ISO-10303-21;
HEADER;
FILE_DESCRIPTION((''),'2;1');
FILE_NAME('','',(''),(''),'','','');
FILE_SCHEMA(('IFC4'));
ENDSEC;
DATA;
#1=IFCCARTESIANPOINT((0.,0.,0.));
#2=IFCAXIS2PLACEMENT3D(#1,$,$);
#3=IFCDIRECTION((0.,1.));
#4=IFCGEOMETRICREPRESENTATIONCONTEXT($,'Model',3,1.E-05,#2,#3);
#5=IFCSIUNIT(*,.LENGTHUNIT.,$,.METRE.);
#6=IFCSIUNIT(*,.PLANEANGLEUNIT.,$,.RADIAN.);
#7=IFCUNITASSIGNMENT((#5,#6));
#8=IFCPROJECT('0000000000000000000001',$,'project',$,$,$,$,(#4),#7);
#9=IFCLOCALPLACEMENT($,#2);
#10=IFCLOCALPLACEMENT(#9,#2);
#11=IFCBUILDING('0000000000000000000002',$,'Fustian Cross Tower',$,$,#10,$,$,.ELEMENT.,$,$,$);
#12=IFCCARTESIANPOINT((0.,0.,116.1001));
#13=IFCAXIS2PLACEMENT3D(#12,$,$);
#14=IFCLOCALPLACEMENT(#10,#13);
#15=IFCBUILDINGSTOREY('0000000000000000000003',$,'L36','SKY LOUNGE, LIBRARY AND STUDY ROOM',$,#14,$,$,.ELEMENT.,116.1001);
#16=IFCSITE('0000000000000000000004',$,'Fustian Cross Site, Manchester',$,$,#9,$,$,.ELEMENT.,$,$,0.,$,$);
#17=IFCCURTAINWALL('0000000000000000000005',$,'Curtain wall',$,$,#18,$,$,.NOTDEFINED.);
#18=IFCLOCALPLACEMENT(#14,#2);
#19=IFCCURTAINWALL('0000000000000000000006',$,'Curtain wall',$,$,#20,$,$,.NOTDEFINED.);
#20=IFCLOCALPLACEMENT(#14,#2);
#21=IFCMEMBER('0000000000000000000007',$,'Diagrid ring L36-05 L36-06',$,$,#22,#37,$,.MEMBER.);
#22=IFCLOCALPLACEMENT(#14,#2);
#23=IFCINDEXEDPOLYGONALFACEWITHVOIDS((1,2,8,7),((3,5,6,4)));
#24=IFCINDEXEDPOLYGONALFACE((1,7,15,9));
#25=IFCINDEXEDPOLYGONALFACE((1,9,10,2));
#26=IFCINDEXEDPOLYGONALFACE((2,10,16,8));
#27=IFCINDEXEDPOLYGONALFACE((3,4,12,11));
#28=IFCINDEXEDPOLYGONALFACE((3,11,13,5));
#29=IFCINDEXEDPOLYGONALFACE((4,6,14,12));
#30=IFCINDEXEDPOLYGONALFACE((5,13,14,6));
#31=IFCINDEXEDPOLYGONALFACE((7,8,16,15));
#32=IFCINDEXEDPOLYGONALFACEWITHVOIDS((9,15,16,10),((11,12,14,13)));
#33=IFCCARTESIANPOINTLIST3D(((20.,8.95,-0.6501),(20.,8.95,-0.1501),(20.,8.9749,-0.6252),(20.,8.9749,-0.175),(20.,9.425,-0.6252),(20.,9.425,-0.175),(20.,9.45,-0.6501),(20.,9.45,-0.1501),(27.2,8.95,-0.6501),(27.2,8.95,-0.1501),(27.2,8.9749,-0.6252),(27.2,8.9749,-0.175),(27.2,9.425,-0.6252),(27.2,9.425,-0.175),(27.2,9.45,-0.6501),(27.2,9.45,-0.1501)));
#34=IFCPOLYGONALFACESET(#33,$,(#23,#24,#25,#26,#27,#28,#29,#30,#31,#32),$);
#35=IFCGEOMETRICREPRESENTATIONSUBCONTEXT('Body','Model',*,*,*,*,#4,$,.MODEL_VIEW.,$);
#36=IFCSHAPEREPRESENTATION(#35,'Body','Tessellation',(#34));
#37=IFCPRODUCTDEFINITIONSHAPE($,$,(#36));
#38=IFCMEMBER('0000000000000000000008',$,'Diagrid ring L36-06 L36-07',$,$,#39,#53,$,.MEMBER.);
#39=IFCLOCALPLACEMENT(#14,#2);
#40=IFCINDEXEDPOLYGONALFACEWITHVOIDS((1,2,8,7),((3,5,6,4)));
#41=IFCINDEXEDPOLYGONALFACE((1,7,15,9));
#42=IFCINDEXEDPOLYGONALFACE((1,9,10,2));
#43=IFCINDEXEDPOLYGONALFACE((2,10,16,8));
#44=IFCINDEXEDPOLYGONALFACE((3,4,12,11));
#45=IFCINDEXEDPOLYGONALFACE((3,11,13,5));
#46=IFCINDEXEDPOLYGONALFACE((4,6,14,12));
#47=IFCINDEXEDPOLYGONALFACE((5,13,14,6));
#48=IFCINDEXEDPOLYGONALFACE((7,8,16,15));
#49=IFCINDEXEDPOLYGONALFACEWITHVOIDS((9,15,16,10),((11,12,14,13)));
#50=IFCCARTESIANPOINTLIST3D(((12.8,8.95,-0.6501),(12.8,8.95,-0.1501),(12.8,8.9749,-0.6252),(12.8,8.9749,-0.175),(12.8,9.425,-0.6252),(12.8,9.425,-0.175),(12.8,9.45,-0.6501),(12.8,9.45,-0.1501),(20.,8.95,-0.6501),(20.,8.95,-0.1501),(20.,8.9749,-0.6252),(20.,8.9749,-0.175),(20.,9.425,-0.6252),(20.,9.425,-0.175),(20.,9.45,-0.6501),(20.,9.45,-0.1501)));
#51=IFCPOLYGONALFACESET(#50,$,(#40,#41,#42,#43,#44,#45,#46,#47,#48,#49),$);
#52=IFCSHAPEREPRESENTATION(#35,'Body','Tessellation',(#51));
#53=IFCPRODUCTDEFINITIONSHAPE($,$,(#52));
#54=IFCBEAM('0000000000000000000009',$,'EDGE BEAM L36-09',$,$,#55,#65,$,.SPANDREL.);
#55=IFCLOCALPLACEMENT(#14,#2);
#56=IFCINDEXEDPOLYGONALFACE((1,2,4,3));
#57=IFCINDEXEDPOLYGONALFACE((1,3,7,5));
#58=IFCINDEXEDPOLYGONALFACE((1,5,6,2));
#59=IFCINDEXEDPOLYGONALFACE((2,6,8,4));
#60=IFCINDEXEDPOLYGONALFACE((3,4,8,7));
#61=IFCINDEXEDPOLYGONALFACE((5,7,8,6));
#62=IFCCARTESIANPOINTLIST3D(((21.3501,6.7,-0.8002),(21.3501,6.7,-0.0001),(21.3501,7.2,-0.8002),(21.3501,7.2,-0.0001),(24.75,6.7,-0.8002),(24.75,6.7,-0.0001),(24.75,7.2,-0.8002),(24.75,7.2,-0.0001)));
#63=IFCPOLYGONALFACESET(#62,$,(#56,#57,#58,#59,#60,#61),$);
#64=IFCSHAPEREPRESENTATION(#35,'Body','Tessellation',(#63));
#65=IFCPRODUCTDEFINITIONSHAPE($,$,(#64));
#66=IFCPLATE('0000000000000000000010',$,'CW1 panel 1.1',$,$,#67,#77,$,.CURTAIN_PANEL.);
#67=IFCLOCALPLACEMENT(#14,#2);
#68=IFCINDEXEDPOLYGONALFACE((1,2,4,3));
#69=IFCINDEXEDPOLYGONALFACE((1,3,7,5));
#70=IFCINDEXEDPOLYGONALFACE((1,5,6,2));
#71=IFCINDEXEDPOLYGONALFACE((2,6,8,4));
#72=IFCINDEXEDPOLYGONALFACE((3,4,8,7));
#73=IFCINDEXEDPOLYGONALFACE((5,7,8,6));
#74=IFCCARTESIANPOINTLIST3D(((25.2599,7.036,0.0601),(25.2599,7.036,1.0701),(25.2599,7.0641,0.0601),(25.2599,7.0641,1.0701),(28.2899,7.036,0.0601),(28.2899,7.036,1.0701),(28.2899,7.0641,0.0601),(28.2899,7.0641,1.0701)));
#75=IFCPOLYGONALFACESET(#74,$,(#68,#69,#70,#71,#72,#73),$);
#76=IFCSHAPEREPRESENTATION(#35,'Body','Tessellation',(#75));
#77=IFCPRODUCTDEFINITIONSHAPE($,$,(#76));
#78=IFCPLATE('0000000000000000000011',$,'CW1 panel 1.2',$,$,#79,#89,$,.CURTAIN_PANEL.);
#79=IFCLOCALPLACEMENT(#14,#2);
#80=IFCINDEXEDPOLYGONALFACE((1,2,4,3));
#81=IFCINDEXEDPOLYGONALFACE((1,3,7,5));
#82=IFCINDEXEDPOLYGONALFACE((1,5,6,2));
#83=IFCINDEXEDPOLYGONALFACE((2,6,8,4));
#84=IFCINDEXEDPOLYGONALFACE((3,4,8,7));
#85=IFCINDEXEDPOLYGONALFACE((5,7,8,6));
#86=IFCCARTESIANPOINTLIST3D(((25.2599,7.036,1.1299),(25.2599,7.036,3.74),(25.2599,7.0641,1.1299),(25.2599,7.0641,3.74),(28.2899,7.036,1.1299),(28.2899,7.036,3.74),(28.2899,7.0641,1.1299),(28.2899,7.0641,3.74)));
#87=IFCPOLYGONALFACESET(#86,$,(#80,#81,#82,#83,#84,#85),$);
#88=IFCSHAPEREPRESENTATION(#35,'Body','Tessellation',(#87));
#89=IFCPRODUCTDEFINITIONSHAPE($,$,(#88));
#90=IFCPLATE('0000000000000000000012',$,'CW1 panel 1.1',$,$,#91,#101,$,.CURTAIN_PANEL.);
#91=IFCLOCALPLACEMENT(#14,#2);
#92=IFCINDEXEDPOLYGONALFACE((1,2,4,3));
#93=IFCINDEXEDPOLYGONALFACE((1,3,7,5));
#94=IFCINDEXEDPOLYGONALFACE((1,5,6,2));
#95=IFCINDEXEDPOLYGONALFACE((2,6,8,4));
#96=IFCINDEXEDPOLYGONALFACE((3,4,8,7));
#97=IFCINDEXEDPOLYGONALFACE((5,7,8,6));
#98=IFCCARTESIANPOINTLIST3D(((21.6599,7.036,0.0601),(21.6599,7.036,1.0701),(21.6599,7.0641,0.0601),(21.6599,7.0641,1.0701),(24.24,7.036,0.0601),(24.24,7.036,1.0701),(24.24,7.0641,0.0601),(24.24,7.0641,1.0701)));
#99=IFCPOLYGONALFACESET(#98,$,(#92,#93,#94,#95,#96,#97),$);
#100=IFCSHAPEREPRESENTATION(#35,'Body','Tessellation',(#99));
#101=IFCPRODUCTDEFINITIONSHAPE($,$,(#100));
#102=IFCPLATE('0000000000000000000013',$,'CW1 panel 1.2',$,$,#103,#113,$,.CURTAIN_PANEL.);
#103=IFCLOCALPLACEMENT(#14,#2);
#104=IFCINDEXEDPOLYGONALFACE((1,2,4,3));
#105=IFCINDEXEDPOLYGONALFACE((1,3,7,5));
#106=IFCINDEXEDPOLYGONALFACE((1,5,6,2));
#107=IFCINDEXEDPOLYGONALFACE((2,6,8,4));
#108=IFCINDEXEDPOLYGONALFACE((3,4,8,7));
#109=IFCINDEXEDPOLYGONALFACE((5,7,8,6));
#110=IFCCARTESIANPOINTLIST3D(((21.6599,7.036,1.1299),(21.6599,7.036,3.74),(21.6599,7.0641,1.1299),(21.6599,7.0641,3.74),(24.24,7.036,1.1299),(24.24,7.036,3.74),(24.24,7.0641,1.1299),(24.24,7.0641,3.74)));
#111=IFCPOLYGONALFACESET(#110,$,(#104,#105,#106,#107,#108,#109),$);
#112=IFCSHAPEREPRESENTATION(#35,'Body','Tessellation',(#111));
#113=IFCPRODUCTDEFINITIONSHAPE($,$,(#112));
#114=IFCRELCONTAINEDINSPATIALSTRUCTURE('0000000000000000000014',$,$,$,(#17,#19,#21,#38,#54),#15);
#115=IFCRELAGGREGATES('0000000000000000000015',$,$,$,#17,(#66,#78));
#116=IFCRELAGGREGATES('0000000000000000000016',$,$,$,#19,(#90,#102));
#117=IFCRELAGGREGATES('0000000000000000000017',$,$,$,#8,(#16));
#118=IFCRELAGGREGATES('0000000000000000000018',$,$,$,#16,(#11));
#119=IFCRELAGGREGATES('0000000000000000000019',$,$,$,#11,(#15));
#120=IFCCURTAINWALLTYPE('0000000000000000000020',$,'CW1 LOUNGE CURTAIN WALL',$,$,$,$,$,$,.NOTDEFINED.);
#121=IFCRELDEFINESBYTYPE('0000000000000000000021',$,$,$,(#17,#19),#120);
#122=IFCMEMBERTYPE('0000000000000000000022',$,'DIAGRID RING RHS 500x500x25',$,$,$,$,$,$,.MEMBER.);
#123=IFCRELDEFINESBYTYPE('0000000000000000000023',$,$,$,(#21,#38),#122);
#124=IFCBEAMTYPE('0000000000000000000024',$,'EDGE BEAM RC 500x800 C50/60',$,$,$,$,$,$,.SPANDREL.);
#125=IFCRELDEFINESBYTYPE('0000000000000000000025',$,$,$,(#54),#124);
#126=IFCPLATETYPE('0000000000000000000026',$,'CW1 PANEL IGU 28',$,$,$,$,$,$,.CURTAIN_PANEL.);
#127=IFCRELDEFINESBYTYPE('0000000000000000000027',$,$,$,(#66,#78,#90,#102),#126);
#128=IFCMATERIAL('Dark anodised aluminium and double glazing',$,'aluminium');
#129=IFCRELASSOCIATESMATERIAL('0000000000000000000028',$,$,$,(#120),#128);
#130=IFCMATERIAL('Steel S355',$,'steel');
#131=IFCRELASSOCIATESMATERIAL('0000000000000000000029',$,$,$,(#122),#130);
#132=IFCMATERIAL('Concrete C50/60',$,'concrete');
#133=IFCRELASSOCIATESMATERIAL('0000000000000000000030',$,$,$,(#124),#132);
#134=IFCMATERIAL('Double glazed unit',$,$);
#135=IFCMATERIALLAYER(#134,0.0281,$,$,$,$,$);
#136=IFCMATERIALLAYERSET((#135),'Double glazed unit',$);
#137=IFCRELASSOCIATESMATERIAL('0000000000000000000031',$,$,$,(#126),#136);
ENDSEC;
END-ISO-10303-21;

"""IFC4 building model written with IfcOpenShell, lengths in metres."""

from ifc_helpers import new_model, si_unit, direction, frame, origin, origin_2d, place, context, subcontext, project, spatial, rectangle, hollow_rectangle, extrude, material, layer, layer_set, material_profile, profile_set, type_object, element, aggregate, save


model = new_model("IFC4")

# Units and contexts
model_context = context("Model", 3, precision=1e-05, world=origin(), true_north=direction((0.0, 1.0)))
body_context = subcontext(model_context, "Body", "Model", "MODEL_VIEW")
ifc_project = project(units=[si_unit("LENGTHUNIT", "METRE"), si_unit("PLANEANGLEUNIT", "RADIAN")], contexts=[model_context])

# Site, building, storey
site_placement = place(None, origin())
site = spatial("IfcSite", under=ifc_project, at=site_placement, Name="Fustian Cross Site, Manchester", CompositionType="ELEMENT", RefElevation=0.0)
building_placement = place(site_placement, origin())
building = spatial("IfcBuilding", under=site, at=building_placement, Name="Fustian Cross Tower", CompositionType="ELEMENT")
storey_placement = place(building_placement, frame((0.0, 0.0, 116.1001)))
storey = spatial("IfcBuildingStorey", under=building, at=storey_placement, Name="L36", Description="SKY LOUNGE, LIBRARY AND STUDY ROOM", CompositionType="ELEMENT", Elevation=116.1001)

# Curtain wall
ifc_material_1 = material(Name="Dark anodised aluminium and double glazing", Category="aluminium")
curtain_wall_type = type_object("IfcCurtainWallType", Name="CW1 LOUNGE CURTAIN WALL", PredefinedType="NOTDEFINED", material=ifc_material_1)
curtain_wall_1_placement = place(storey_placement, origin())
curtain_wall_1 = element("IfcCurtainWall", 1, at=curtain_wall_1_placement, inside=storey, type_object=curtain_wall_type, Name="Curtain wall", PredefinedType="NOTDEFINED")

# Curtain wall
curtain_wall_2_placement = place(storey_placement, origin())
curtain_wall_2 = element("IfcCurtainWall", 2, at=curtain_wall_2_placement, inside=storey, type_object=curtain_wall_type, Name="Curtain wall", PredefinedType="NOTDEFINED")

# Members
ifc_material_2 = material(Name="Steel S355", Category="steel")
ifc_material_profile_1 = material_profile(ifc_material_2, hollow_rectangle(XDim=0.5, YDim=0.5, WallThickness=0.0249, at=origin_2d()), Name="RHS 500x500x25")
ifc_profile_set_1 = profile_set([ifc_material_profile_1], Name="Steel S355")
member_type_1 = type_object("IfcMemberType", Name="DIAGRID RING RHS 500x500x25", PredefinedType="MEMBER", material=ifc_profile_set_1)
for number, where, z_axis, x_axis, name in (
    (3, (27.2, 9.2, -0.4001), (-1.0, 0.0, 0.0), (0.0, -1.0, 0.0), "Diagrid ring L36-05 L36-06"),
    (4, (20.0, 9.2, -0.4001), (-1.0, 0.0, 0.0), (0.0, -1.0, 0.0), "Diagrid ring L36-06 L36-07"),
):
    element("IfcMember", number, at=place(storey_placement, frame(where, z_axis=z_axis, x_axis=x_axis)), inside=storey, type_object=member_type_1, Name=name, PredefinedType="MEMBER", context=body_context, shape_type="SweptSolid", body=[
        extrude(hollow_rectangle(XDim=0.5, YDim=0.5, WallThickness=0.0249, at=origin_2d()), origin(), (0.0, 0.0, 1.0), 7.2),
    ])

# Beam
ifc_material_3 = material(Name="Concrete C50/60", Category="concrete")
ifc_material_profile_2 = material_profile(ifc_material_3, rectangle(XDim=0.5, YDim=0.8, at=origin_2d()), Name="RC 500x800")
ifc_profile_set_2 = profile_set([ifc_material_profile_2], Name="Concrete C50/60")
beam_type = type_object("IfcBeamType", Name="EDGE BEAM RC 500x800 C50/60", PredefinedType="SPANDREL", material=ifc_profile_set_2)
beam_placement = place(storey_placement, frame((24.75, 6.95, -0.4001), z_axis=(-1.0, 0.0, 0.0), x_axis=(0.0, -1.0, 0.0)))
element("IfcBeam", 5, at=beam_placement, inside=storey, type_object=beam_type, Name="EDGE BEAM L36-09", PredefinedType="SPANDREL", context=body_context, shape_type="SweptSolid", body=[
    extrude(rectangle(XDim=0.5, YDim=0.8, at=origin_2d()), origin(), (0.0, 0.0, 1.0), 3.3999),
])

# Plates
ifc_material_4 = material(Name="Double glazed unit")
ifc_layer_1 = layer(ifc_material_4, 0.0281)
ifc_layer_set_1 = layer_set([ifc_layer_1], Name="Double glazed unit")
plate_type = type_object("IfcPlateType", Name="CW1 PANEL IGU 28", PredefinedType="CURTAIN_PANEL", material=ifc_layer_set_1)
plate_1_placement = place(storey_placement, frame((26.7749, 7.05, 0.0601), z_axis=(0.0, 0.0, 1.0), x_axis=(-1.0, 0.0, 0.0)))
plate_1 = element("IfcPlate", 6, at=plate_1_placement, type_object=plate_type, Name="CW1 panel 1.1", PredefinedType="CURTAIN_PANEL", context=body_context, shape_type="SweptSolid", body=[
    extrude(rectangle(XDim=3.03, YDim=0.0281, at=origin_2d()), origin(), (0.0, 0.0, 1.0), 1.01),
])
plate_2_placement = place(storey_placement, frame((26.7749, 7.05, 1.1299), z_axis=(0.0, 0.0, 1.0), x_axis=(-1.0, 0.0, 0.0)))
plate_2 = element("IfcPlate", 7, at=plate_2_placement, type_object=plate_type, Name="CW1 panel 1.2", PredefinedType="CURTAIN_PANEL", context=body_context, shape_type="SweptSolid", body=[
    extrude(rectangle(XDim=3.03, YDim=0.0281, at=origin_2d()), origin(), (0.0, 0.0, 1.0), 2.6101),
])
aggregate(curtain_wall_1, [plate_1, plate_2])
plate_3_placement = place(storey_placement, frame((22.95, 7.05, 0.0601), z_axis=(0.0, 0.0, 1.0), x_axis=(-1.0, 0.0, 0.0)))
plate_3 = element("IfcPlate", 8, at=plate_3_placement, type_object=plate_type, Name="CW1 panel 1.1", PredefinedType="CURTAIN_PANEL", context=body_context, shape_type="SweptSolid", body=[
    extrude(rectangle(XDim=2.5801, YDim=0.0281, at=origin_2d()), origin(), (0.0, 0.0, 1.0), 1.01),
])
plate_4_placement = place(storey_placement, frame((22.95, 7.05, 1.1299), z_axis=(0.0, 0.0, 1.0), x_axis=(-1.0, 0.0, 0.0)))
plate_4 = element("IfcPlate", 9, at=plate_4_placement, type_object=plate_type, Name="CW1 panel 1.2", PredefinedType="CURTAIN_PANEL", context=body_context, shape_type="SweptSolid", body=[
    extrude(rectangle(XDim=2.5801, YDim=0.0281, at=origin_2d()), origin(), (0.0, 0.0, 1.0), 2.6101),
])
aggregate(curtain_wall_2, [plate_3, plate_4])

save(model, "model.ifc")
